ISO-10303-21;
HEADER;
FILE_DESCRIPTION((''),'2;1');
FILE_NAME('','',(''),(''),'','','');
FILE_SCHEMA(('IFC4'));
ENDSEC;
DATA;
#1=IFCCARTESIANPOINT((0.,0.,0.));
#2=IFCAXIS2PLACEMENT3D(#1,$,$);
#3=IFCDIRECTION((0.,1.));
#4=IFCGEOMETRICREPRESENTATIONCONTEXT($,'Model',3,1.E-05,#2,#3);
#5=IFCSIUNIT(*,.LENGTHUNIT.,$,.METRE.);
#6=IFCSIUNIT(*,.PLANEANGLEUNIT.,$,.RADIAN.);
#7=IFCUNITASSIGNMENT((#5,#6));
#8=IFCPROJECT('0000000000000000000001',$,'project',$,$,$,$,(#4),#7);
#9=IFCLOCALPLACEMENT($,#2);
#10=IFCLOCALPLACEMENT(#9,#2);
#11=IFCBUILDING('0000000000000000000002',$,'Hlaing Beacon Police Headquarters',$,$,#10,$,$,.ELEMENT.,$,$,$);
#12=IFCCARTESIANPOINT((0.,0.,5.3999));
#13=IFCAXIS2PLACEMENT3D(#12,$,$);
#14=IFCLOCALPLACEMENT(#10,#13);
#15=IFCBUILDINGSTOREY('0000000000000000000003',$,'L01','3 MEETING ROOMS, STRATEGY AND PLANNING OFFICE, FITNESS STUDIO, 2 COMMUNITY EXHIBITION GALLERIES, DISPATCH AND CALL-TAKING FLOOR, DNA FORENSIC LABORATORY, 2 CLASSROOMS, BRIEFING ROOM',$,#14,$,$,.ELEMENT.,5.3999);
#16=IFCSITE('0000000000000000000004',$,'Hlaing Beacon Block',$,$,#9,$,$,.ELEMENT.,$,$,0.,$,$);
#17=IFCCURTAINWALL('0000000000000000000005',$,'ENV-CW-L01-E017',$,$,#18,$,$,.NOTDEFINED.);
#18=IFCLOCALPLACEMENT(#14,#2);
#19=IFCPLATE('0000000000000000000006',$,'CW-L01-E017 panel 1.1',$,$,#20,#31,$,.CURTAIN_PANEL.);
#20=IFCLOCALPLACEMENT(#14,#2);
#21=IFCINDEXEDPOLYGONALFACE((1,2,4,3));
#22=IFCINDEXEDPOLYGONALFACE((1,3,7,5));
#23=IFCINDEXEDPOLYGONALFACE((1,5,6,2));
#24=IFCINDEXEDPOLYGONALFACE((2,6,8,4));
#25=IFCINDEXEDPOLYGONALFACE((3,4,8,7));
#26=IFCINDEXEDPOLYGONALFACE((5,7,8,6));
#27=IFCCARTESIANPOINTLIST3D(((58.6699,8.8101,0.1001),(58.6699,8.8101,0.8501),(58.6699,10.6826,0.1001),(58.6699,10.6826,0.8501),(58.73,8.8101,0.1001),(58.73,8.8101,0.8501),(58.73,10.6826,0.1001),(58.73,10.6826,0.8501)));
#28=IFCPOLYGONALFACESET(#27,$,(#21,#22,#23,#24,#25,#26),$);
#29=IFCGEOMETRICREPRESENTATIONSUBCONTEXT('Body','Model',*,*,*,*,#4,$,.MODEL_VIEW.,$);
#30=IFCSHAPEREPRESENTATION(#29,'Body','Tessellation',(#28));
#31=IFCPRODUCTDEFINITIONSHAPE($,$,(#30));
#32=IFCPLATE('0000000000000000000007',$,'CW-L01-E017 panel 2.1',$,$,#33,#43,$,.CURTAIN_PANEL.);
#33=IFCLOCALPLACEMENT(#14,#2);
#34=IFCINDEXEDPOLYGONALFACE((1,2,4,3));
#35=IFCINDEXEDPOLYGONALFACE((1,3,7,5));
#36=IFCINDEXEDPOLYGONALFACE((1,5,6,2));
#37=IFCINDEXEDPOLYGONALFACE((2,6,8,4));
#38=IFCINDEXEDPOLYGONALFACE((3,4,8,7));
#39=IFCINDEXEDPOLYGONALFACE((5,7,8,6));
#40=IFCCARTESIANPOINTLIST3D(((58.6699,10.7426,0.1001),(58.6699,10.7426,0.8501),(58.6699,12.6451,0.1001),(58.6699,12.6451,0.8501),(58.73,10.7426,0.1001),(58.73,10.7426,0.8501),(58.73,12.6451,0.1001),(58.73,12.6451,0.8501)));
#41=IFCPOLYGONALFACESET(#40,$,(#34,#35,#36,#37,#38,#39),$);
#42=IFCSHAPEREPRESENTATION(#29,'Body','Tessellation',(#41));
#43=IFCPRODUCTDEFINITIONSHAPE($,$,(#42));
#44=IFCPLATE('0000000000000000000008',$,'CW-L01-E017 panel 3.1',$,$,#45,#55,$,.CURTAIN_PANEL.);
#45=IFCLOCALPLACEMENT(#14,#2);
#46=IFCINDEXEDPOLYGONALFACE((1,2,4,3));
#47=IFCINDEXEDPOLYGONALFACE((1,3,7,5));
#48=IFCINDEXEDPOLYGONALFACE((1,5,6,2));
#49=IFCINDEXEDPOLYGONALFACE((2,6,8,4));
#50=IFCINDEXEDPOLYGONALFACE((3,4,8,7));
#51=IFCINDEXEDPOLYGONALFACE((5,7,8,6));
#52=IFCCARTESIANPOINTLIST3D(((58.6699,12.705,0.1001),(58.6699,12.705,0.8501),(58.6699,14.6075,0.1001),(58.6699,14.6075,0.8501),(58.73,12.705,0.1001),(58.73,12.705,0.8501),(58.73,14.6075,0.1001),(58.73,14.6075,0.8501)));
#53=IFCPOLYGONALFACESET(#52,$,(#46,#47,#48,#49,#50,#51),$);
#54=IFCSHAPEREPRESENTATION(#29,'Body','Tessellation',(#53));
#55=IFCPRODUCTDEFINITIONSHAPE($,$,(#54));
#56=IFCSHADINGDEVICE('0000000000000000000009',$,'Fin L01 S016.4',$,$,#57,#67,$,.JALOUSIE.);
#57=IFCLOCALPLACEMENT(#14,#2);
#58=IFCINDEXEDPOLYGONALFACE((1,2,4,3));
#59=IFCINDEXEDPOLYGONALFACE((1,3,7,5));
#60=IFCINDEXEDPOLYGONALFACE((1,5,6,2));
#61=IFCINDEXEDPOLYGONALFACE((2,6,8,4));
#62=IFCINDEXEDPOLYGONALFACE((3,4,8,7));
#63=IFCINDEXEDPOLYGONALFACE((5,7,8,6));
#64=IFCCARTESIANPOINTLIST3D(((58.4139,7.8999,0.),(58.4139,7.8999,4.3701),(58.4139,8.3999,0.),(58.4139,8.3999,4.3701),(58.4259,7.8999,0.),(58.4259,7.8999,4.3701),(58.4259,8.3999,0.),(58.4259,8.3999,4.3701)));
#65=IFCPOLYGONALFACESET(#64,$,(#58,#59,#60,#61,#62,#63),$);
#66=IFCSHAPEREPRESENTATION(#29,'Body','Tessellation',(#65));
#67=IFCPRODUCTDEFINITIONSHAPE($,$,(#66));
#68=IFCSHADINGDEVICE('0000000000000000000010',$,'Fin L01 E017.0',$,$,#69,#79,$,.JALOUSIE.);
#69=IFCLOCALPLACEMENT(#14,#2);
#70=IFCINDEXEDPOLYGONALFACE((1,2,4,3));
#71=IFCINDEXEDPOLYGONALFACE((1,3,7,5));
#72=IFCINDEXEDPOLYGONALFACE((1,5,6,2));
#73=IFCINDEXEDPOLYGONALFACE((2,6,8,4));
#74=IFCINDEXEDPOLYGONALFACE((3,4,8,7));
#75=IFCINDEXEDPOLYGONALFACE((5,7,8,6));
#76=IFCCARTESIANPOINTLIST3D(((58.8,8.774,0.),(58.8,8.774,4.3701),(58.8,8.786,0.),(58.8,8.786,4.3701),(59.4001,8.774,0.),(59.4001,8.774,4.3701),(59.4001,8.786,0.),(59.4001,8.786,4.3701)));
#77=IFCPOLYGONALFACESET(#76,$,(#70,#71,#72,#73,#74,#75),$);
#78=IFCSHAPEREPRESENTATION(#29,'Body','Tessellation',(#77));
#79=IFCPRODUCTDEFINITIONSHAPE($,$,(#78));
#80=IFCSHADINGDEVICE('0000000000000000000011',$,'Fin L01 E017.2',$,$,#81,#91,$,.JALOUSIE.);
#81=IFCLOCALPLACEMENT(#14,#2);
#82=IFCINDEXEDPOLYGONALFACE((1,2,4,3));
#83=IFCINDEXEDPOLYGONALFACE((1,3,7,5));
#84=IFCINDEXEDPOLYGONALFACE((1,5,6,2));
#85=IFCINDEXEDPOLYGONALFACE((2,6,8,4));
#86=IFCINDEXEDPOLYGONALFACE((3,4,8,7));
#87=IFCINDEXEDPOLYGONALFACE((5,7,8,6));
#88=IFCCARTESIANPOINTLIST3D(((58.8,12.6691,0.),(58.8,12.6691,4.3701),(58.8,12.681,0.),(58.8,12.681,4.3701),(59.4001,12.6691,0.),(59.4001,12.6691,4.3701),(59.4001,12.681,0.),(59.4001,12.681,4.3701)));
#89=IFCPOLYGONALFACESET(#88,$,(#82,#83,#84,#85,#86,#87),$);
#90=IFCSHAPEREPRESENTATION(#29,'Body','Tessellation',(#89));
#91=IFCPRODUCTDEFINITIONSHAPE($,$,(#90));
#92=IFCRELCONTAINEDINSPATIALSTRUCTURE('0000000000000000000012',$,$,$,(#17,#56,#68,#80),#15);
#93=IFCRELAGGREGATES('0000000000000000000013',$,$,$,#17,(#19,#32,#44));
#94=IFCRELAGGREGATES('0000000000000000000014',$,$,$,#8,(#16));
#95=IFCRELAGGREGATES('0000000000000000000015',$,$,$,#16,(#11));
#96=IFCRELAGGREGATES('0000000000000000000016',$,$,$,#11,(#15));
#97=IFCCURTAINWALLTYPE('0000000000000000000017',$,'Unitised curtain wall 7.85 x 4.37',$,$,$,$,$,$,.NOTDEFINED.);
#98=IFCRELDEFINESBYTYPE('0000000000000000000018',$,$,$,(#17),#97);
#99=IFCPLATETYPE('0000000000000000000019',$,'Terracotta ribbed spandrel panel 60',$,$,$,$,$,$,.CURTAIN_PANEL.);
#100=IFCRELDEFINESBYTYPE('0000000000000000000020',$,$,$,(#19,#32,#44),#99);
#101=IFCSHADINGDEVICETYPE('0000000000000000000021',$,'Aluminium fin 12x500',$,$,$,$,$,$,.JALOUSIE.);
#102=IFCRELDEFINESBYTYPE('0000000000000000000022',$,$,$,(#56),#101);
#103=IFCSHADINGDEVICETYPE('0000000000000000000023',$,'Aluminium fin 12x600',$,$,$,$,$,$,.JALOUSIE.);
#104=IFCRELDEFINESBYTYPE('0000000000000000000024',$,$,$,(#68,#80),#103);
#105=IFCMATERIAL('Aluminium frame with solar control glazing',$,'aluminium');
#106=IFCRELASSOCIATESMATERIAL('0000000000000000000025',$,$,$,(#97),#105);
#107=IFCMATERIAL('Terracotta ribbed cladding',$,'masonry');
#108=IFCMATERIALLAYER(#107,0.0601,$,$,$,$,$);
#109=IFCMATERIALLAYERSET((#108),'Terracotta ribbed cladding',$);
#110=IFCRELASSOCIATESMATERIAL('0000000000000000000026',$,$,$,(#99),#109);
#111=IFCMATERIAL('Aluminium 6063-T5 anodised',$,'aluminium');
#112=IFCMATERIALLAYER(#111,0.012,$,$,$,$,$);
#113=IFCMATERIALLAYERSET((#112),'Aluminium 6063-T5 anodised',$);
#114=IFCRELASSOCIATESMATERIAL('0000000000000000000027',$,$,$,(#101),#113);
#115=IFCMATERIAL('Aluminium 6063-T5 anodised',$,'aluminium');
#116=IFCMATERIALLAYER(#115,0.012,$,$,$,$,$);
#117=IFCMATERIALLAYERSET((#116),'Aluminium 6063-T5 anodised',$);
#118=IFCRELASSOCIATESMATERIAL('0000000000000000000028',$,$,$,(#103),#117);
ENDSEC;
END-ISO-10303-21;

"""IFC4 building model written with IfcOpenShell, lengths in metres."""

from ifc_helpers import new_model, si_unit, direction, frame, origin, origin_2d, place, context, subcontext, project, spatial, rectangle, extrude, material, layer, layer_set, type_object, element, aggregate, save


model = new_model("IFC4")

# Units and contexts
model_context = context("Model", 3, precision=1e-05, world=origin(), true_north=direction((0.0, 1.0)))
body_context = subcontext(model_context, "Body", "Model", "MODEL_VIEW")
ifc_project = project(units=[si_unit("LENGTHUNIT", "METRE"), si_unit("PLANEANGLEUNIT", "RADIAN")], contexts=[model_context])

# Site, building, storey
site_placement = place(None, origin())
site = spatial("IfcSite", under=ifc_project, at=site_placement, Name="Hlaing Beacon Block", CompositionType="ELEMENT", RefElevation=0.0)
building_placement = place(site_placement, origin())
building = spatial("IfcBuilding", under=site, at=building_placement, Name="Hlaing Beacon Police Headquarters", CompositionType="ELEMENT")
storey_placement = place(building_placement, frame((0.0, 0.0, 5.3999)))
storey = spatial("IfcBuildingStorey", under=building, at=storey_placement, Name="L01", Description="3 MEETING ROOMS, STRATEGY AND PLANNING OFFICE, FITNESS STUDIO, 2 COMMUNITY EXHIBITION GALLERIES, DISPATCH AND CALL-TAKING FLOOR, DNA FORENSIC LABORATORY, 2 CLASSROOMS, BRIEFING ROOM", CompositionType="ELEMENT", Elevation=5.3999)

# Curtain wall, plates
ifc_material_1 = material(Name="Aluminium frame with solar control glazing", Category="aluminium")
curtain_wall_type_1 = type_object("IfcCurtainWallType", Name="Unitised curtain wall 7.85 x 4.37", PredefinedType="NOTDEFINED", material=ifc_material_1)
curtain_wall_1_placement = place(storey_placement, origin())
curtain_wall_1 = element("IfcCurtainWall", 1, at=curtain_wall_1_placement, inside=storey, type_object=curtain_wall_type_1, Name="ENV-CW-L01-E017", PredefinedType="NOTDEFINED")
ifc_material_2 = material(Name="Terracotta ribbed cladding", Category="masonry")
ifc_layer_1 = layer(ifc_material_2, 0.0601)
ifc_layer_set_1 = layer_set([ifc_layer_1], Name="Terracotta ribbed cladding")
plate_type_1 = type_object("IfcPlateType", Name="Terracotta ribbed spandrel panel 60", PredefinedType="CURTAIN_PANEL", material=ifc_layer_set_1)
plate_1_placement = place(storey_placement, frame((58.7, 9.7463, 0.1001), z_axis=(0.0, 0.0, 1.0), x_axis=(0.0, 1.0, 0.0)))
plate_1 = element("IfcPlate", 2, at=plate_1_placement, type_object=plate_type_1, Name="CW-L01-E017 panel 1.1", PredefinedType="CURTAIN_PANEL", context=body_context, shape_type="SweptSolid", body=[
    extrude(rectangle(XDim=1.8726, YDim=0.0601, at=origin_2d()), origin(), (0.0, 0.0, 1.0), 0.75),
])
plate_2_placement = place(storey_placement, frame((58.7, 11.6938, 0.1001), z_axis=(0.0, 0.0, 1.0), x_axis=(0.0, 1.0, 0.0)))
plate_2 = element("IfcPlate", 3, at=plate_2_placement, type_object=plate_type_1, Name="CW-L01-E017 panel 2.1", PredefinedType="CURTAIN_PANEL", context=body_context, shape_type="SweptSolid", body=[
    extrude(rectangle(XDim=1.9026, YDim=0.0601, at=origin_2d()), origin(), (0.0, 0.0, 1.0), 0.75),
])
plate_3_placement = place(storey_placement, frame((58.7, 13.6562, 0.1001), z_axis=(0.0, 0.0, 1.0), x_axis=(0.0, 1.0, 0.0)))
plate_3 = element("IfcPlate", 4, at=plate_3_placement, type_object=plate_type_1, Name="CW-L01-E017 panel 3.1", PredefinedType="CURTAIN_PANEL", context=body_context, shape_type="SweptSolid", body=[
    extrude(rectangle(XDim=1.9026, YDim=0.0601, at=origin_2d()), origin(), (0.0, 0.0, 1.0), 0.75),
])
aggregate(curtain_wall_1, [plate_1, plate_2, plate_3])

# Shading devices
ifc_material_3 = material(Name="Aluminium 6063-T5 anodised", Category="aluminium")
ifc_layer_2 = layer(ifc_material_3, 0.012)
ifc_layer_set_2 = layer_set([ifc_layer_2], Name="Aluminium 6063-T5 anodised")
shading_device_type_1 = type_object("IfcShadingDeviceType", Name="Aluminium fin 12x500", PredefinedType="JALOUSIE", material=ifc_layer_set_2)
shading_device_placement = place(storey_placement, frame((58.4199, 8.1499, 0.0), z_axis=(0.0, 0.0, 1.0), x_axis=(1.0, 0.0, 0.0)))
element("IfcShadingDevice", 5, at=shading_device_placement, inside=storey, type_object=shading_device_type_1, Name="Fin L01 S016.4", PredefinedType="JALOUSIE", context=body_context, shape_type="SweptSolid", body=[
    extrude(rectangle(XDim=0.012, YDim=0.5, at=origin_2d()), origin(), (0.0, 0.0, 1.0), 4.3701),
])
ifc_material_4 = material(Name="Aluminium 6063-T5 anodised", Category="aluminium")
ifc_layer_3 = layer(ifc_material_4, 0.012)
ifc_layer_set_3 = layer_set([ifc_layer_3], Name="Aluminium 6063-T5 anodised")
shading_device_type_2 = type_object("IfcShadingDeviceType", Name="Aluminium fin 12x600", PredefinedType="JALOUSIE", material=ifc_layer_set_3)
for number, where, z_axis, x_axis, name in (
    (6, (59.1001, 8.78, 0.0), (0.0, 0.0, 1.0), (0.0, 1.0, 0.0), "Fin L01 E017.0"),
    (7, (59.1001, 12.675, 0.0), (0.0, 0.0, 1.0), (0.0, 1.0, 0.0), "Fin L01 E017.2"),
):
    element("IfcShadingDevice", number, at=place(storey_placement, frame(where, z_axis=z_axis, x_axis=x_axis)), inside=storey, type_object=shading_device_type_2, Name=name, PredefinedType="JALOUSIE", context=body_context, shape_type="SweptSolid", body=[
        extrude(rectangle(XDim=0.012, YDim=0.6001, at=origin_2d()), origin(), (0.0, 0.0, 1.0), 4.3701),
    ])

save(model, "model.ifc")
